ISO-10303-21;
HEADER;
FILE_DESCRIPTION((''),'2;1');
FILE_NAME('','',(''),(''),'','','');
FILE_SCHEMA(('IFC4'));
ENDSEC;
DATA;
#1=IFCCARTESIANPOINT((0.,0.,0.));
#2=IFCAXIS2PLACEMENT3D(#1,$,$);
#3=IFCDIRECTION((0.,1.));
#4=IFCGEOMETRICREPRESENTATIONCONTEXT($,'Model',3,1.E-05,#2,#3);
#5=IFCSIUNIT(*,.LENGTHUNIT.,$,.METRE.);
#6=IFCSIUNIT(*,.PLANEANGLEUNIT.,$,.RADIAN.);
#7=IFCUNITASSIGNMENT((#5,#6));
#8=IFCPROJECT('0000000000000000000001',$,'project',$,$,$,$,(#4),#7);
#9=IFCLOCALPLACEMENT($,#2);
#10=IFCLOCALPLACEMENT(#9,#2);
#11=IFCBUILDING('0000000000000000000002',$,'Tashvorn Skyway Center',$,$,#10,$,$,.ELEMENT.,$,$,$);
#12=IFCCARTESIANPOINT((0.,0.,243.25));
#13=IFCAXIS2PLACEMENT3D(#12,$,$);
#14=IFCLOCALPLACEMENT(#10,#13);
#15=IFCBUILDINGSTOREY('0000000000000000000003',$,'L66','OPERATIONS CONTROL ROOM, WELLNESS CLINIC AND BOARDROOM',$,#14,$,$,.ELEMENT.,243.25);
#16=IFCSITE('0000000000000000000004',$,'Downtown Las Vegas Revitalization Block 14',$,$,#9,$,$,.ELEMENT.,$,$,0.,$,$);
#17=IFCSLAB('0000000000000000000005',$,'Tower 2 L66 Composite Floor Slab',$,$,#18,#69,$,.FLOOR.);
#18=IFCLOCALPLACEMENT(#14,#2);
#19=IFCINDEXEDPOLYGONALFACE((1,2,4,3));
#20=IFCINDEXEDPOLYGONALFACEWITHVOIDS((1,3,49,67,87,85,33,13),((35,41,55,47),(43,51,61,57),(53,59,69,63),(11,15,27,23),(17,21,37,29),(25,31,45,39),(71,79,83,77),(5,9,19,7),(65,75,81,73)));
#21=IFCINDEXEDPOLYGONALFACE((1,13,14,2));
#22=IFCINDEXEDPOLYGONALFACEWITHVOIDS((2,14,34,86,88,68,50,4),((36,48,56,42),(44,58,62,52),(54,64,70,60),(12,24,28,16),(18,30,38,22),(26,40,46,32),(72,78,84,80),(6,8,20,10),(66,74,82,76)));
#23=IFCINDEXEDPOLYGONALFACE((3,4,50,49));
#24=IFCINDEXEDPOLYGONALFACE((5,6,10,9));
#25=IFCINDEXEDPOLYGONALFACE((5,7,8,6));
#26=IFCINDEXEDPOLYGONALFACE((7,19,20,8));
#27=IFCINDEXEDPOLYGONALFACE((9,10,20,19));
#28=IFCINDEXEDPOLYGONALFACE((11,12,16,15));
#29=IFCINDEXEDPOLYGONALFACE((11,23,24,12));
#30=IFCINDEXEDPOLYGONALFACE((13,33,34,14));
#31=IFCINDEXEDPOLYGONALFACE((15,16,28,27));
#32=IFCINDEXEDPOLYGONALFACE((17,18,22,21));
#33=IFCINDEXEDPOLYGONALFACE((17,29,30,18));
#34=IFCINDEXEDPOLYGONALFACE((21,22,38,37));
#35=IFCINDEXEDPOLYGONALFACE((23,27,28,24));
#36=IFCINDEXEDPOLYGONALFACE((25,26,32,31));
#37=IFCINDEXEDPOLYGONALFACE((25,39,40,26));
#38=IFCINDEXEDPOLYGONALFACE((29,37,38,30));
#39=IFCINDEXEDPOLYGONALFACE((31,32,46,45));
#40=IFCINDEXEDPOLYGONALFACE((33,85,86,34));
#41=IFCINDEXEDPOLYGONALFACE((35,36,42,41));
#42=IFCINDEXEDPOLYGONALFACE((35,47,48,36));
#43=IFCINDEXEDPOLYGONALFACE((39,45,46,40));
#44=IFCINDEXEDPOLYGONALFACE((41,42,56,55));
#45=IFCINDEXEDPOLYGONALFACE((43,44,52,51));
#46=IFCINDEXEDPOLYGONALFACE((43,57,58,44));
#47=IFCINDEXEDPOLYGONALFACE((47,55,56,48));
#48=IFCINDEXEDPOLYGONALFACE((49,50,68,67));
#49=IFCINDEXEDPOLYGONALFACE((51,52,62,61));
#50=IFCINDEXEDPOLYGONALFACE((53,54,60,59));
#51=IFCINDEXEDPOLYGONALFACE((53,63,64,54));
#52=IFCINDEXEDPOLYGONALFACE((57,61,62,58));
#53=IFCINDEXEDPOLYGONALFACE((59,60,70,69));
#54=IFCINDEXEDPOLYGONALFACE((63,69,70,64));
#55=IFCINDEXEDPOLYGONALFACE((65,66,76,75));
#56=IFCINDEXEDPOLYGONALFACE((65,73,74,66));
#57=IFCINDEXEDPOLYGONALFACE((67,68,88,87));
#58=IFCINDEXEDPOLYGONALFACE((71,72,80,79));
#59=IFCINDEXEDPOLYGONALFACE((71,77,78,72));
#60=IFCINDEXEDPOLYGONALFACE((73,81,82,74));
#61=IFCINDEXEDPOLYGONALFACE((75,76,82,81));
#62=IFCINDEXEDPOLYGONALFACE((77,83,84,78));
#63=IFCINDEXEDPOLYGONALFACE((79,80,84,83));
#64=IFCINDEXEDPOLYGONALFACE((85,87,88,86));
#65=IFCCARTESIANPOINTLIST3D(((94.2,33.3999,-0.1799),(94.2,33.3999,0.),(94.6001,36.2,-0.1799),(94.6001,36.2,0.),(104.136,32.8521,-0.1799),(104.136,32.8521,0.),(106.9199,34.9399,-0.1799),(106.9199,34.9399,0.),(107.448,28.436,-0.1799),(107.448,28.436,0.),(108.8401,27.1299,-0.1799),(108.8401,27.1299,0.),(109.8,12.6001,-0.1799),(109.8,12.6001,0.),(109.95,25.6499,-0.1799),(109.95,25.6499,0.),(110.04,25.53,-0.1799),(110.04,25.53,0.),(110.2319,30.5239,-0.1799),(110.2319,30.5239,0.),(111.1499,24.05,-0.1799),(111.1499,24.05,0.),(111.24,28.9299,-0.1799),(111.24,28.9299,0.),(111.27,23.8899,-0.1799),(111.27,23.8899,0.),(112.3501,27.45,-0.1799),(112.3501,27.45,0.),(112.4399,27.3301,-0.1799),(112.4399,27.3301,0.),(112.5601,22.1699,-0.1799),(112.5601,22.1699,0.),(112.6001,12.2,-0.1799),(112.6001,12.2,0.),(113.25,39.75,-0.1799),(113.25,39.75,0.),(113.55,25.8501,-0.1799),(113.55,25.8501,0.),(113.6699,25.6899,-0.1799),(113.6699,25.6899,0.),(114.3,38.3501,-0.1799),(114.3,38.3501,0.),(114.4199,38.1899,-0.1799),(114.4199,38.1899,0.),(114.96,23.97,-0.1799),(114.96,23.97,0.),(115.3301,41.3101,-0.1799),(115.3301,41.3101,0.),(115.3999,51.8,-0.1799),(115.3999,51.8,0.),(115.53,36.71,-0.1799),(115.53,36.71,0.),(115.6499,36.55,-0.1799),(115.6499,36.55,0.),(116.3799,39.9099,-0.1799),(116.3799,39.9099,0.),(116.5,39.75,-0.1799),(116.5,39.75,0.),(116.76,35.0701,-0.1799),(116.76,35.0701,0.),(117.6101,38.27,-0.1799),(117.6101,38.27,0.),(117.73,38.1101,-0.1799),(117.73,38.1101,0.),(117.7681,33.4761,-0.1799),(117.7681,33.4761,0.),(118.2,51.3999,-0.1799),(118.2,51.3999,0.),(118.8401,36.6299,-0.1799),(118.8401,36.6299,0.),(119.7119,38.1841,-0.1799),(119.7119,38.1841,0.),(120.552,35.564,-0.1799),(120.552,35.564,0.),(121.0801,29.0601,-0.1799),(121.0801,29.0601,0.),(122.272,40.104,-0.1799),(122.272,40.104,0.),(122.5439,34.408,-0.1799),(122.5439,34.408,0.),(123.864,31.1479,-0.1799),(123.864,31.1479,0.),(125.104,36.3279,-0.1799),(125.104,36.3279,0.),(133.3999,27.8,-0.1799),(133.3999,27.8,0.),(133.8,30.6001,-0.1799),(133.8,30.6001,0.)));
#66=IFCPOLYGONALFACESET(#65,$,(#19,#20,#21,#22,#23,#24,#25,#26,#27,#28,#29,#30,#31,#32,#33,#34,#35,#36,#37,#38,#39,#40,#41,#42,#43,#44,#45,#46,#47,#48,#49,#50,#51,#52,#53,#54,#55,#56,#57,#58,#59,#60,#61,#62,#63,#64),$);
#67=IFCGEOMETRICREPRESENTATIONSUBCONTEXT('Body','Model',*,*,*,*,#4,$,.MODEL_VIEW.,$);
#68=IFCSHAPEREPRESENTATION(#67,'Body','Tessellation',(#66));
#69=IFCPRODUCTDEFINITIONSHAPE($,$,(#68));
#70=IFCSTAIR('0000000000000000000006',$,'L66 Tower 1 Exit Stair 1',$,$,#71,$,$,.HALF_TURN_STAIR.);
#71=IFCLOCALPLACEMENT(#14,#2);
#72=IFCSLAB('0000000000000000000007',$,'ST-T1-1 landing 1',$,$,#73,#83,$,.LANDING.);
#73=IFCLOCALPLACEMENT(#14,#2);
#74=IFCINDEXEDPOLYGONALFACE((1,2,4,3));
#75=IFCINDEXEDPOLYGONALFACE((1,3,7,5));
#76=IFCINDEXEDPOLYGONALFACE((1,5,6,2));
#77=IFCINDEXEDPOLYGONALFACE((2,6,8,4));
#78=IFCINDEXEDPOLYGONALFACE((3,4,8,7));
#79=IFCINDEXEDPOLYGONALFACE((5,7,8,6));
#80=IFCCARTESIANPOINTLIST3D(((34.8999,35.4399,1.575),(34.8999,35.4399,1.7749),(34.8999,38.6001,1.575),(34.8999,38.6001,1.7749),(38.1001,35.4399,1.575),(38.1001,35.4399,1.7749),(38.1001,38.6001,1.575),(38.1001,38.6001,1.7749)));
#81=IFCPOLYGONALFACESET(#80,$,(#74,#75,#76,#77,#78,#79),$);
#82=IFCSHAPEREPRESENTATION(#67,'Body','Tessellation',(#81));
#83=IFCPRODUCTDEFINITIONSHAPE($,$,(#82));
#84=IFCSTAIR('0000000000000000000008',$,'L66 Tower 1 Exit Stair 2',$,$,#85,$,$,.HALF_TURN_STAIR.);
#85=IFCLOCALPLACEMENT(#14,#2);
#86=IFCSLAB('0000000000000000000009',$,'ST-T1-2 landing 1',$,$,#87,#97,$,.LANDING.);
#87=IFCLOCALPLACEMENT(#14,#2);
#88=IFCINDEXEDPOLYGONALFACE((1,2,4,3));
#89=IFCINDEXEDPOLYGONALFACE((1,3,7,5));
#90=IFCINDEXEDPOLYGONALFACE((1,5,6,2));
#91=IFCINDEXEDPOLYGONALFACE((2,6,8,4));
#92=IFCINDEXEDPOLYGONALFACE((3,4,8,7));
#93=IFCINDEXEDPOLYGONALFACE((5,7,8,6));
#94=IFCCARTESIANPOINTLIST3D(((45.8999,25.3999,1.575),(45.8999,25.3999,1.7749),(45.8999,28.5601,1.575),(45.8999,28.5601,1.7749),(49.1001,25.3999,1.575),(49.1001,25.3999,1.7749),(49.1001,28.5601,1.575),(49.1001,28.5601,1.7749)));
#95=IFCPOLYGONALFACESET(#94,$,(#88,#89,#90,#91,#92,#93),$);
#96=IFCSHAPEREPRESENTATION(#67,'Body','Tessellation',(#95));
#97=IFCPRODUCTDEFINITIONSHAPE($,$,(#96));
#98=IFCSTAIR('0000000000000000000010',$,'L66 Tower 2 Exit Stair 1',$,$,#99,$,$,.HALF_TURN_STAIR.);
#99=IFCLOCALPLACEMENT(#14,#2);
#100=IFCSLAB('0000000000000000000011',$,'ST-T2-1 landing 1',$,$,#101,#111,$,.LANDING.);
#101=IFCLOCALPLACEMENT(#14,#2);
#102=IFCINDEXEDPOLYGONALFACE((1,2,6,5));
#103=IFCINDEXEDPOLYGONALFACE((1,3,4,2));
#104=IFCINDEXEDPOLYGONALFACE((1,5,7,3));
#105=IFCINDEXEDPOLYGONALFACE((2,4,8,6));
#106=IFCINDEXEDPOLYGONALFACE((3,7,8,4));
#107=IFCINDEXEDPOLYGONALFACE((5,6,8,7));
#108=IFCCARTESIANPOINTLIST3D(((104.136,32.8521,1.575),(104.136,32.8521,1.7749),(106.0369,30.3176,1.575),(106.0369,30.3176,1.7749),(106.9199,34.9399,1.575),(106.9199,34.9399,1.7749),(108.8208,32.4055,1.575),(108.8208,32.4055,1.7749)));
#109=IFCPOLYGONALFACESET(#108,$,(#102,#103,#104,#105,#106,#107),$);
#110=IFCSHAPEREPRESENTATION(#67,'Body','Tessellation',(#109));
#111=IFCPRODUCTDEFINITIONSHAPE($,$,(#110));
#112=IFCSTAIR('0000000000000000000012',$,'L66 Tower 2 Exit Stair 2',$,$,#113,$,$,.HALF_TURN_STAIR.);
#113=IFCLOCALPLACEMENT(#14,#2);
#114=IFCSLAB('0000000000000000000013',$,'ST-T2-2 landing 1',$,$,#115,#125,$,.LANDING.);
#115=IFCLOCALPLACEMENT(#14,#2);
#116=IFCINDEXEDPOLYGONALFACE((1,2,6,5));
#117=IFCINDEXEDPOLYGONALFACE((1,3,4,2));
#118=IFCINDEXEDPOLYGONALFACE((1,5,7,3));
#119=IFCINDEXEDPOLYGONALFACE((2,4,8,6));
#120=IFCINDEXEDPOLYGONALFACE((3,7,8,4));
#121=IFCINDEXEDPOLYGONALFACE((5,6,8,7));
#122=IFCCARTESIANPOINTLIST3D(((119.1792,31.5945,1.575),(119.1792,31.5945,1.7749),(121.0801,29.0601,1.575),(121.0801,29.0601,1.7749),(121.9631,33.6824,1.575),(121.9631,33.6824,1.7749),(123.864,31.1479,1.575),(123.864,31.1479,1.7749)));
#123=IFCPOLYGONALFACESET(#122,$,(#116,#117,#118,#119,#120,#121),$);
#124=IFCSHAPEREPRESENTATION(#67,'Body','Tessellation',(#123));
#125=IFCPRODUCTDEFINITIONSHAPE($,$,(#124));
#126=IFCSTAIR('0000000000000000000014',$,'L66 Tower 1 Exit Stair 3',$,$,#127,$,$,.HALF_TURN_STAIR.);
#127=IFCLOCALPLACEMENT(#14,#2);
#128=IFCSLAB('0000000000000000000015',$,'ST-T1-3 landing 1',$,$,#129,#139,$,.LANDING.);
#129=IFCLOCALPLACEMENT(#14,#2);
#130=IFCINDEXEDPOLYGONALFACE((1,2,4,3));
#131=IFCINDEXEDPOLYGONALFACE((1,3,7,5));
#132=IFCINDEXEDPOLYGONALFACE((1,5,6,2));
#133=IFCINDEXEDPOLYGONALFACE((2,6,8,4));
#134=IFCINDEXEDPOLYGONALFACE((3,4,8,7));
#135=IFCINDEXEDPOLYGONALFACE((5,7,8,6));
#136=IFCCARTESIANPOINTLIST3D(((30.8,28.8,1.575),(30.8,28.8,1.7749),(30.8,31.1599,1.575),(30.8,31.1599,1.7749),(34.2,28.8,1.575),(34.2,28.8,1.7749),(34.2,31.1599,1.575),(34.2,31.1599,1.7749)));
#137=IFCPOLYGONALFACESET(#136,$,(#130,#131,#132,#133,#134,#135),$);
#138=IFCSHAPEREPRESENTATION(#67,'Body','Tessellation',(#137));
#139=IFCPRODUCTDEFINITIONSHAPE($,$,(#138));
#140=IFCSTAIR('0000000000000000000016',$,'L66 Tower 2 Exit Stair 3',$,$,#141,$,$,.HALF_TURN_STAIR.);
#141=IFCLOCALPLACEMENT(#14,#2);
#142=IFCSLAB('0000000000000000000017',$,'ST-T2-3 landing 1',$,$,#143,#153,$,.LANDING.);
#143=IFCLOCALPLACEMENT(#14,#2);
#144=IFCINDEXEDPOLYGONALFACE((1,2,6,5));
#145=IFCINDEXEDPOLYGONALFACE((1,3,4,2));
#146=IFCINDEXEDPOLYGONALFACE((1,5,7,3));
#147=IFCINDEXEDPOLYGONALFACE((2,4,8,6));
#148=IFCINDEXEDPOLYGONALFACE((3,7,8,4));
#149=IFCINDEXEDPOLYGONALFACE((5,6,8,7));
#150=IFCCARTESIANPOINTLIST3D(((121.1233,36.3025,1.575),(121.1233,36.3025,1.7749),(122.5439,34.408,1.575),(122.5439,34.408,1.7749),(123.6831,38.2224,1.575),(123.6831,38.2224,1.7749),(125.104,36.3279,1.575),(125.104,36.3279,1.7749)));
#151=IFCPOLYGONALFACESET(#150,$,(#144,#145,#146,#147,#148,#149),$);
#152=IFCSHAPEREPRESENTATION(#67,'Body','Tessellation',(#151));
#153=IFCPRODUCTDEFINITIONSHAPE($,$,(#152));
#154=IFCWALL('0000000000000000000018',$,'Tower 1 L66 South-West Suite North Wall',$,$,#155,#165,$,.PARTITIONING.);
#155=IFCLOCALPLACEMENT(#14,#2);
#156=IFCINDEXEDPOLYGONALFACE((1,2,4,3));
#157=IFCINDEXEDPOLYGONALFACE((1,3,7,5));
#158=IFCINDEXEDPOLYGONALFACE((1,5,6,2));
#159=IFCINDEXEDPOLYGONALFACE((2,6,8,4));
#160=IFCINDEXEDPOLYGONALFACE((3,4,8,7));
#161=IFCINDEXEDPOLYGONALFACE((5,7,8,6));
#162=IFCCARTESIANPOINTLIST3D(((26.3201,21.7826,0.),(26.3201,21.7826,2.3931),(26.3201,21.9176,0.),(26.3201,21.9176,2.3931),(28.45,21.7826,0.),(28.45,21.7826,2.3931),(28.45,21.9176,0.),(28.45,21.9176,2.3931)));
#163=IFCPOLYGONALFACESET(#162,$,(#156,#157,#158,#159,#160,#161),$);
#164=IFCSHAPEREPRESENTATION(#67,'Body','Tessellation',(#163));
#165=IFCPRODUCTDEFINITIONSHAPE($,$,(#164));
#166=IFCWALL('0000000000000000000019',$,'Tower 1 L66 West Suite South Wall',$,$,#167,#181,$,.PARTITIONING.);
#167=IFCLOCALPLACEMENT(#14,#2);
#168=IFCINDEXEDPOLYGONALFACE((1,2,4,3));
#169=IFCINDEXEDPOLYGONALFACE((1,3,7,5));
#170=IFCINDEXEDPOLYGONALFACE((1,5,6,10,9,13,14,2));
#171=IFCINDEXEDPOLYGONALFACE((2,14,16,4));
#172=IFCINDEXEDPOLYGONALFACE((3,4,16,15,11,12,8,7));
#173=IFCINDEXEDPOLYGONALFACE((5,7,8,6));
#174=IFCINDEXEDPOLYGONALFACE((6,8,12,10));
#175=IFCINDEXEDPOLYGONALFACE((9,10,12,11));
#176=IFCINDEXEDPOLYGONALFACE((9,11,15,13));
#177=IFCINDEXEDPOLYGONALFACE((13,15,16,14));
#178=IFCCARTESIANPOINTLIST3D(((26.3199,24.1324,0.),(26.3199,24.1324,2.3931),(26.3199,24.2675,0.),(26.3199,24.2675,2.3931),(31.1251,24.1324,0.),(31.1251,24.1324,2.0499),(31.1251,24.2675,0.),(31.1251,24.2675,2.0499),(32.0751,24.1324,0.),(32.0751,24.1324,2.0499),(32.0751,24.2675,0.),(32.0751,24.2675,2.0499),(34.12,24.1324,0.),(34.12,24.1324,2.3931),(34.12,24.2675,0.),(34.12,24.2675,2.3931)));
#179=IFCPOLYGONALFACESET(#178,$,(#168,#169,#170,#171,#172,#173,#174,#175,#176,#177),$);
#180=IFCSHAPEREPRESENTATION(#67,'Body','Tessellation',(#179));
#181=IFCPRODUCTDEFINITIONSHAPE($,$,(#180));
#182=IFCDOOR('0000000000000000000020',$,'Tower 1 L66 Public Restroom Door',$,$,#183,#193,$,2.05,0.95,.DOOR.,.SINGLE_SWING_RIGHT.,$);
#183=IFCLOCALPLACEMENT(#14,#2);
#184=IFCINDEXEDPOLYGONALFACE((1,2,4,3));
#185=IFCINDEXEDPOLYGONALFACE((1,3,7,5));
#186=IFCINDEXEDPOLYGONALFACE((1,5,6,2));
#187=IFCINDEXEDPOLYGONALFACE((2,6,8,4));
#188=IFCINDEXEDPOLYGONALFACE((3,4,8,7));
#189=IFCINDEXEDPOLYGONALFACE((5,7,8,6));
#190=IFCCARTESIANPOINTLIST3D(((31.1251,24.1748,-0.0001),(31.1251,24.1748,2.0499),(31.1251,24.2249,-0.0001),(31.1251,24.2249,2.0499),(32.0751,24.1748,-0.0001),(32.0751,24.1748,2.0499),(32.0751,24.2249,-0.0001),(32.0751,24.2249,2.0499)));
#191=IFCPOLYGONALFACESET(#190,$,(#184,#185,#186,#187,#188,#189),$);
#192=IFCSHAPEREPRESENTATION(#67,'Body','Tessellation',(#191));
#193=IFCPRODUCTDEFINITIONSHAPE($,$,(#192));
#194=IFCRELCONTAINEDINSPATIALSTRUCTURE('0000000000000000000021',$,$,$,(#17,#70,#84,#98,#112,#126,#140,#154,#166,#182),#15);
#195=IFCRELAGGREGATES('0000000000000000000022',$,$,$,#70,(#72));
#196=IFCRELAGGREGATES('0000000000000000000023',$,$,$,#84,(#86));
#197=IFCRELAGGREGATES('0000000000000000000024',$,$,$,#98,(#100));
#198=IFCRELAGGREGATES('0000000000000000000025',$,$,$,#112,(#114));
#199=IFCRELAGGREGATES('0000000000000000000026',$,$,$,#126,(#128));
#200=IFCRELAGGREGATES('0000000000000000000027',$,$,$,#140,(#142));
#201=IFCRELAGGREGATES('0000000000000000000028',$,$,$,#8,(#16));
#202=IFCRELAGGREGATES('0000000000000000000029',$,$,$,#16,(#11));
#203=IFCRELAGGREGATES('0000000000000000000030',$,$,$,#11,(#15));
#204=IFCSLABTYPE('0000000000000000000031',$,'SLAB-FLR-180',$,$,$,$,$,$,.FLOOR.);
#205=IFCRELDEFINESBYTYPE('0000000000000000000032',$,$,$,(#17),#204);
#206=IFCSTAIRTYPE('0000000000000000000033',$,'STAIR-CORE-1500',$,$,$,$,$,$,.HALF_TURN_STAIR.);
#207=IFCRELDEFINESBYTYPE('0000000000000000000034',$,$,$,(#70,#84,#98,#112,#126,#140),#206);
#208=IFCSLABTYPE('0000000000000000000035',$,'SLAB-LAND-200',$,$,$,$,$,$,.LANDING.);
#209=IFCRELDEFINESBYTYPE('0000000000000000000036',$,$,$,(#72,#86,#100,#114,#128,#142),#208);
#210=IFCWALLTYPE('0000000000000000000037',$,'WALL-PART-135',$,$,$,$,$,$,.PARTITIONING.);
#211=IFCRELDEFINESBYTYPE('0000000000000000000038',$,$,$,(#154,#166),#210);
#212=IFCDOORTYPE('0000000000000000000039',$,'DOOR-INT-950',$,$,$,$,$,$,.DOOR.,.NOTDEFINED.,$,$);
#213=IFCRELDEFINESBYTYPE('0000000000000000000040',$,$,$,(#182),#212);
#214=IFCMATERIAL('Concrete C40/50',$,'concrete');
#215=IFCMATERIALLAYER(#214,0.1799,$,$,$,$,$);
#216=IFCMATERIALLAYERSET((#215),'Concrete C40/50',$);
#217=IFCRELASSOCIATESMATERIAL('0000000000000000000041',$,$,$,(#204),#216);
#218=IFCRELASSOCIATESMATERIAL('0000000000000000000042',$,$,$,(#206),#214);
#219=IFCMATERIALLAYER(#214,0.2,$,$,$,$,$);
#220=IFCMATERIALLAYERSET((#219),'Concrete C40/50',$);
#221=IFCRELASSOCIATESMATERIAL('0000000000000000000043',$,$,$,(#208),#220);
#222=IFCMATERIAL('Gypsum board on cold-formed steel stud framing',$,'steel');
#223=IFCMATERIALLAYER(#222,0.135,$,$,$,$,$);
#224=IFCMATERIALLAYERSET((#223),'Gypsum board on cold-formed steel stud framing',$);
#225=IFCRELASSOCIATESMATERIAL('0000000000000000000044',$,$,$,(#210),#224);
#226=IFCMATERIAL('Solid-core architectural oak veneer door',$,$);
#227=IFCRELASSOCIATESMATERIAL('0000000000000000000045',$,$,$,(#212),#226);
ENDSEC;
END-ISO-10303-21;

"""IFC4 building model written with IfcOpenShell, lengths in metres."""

from ifc_helpers import new_model, si_unit, direction, frame, frame_2d, origin, place, context, subcontext, project, spatial, polyline, rectangle, outline, extrude, material, layer, layer_set, type_object, element, fill, aggregate, save


model = new_model("IFC4")

# Units and contexts
model_context = context("Model", 3, precision=1e-05, world=origin(), true_north=direction((0.0, 1.0)))
body_context = subcontext(model_context, "Body", "Model", "MODEL_VIEW")
ifc_project = project(units=[si_unit("LENGTHUNIT", "METRE"), si_unit("PLANEANGLEUNIT", "RADIAN")], contexts=[model_context])

# Site, building, storey
site_placement = place(None, origin())
site = spatial("IfcSite", under=ifc_project, at=site_placement, Name="Downtown Las Vegas Revitalization Block 14", CompositionType="ELEMENT", RefElevation=0.0)
building_placement = place(site_placement, origin())
building = spatial("IfcBuilding", under=site, at=building_placement, Name="Tashvorn Skyway Center", CompositionType="ELEMENT")
storey_placement = place(building_placement, frame((0.0, 0.0, 243.25)))
storey = spatial("IfcBuildingStorey", under=building, at=storey_placement, Name="L66", Description="OPERATIONS CONTROL ROOM, WELLNESS CLINIC AND BOARDROOM", CompositionType="ELEMENT", Elevation=243.25)

# Slab
ifc_material_1 = material(Name="Concrete C40/50", Category="concrete")
ifc_layer_1 = layer(ifc_material_1, 0.1799)
ifc_layer_set_1 = layer_set([ifc_layer_1], Name="Concrete C40/50")
slab_type_1 = type_object("IfcSlabType", Name="SLAB-FLR-180", PredefinedType="FLOOR", material=ifc_layer_set_1)
slab_1_placement = place(storey_placement, frame((0.0, 0.0, -0.1799)))
element("IfcSlab", 1, at=slab_1_placement, inside=storey, type_object=slab_type_1, Name="Tower 2 L66 Composite Floor Slab", PredefinedType="FLOOR", context=body_context, shape_type="SweptSolid", body=[
    extrude(outline(polyline([(112.6001, 12.2), (133.3999, 27.8), (133.8, 30.6001), (118.2, 51.3999), (115.3999, 51.8), (94.6001, 36.2), (94.2, 33.3999), (109.8, 12.6001), (112.6001, 12.2)]), holes=[polyline([(110.2319, 30.5239), (106.9199, 34.9399), (104.136, 32.8521), (107.448, 28.436), (110.2319, 30.5239)]), polyline([(117.7681, 33.4761), (121.0801, 29.0601), (123.864, 31.1479), (120.552, 35.564), (117.7681, 33.4761)]), polyline([(119.7119, 38.1841), (122.5439, 34.408), (125.104, 36.3279), (122.272, 40.104), (119.7119, 38.1841)]), polyline([(109.95, 25.6499), (112.3501, 27.45), (111.24, 28.9299), (108.8401, 27.1299), (109.95, 25.6499)]), polyline([(111.1499, 24.05), (113.55, 25.8501), (112.4399, 27.3301), (110.04, 25.53), (111.1499, 24.05)]), polyline([(112.5601, 22.1699), (114.96, 23.97), (113.6699, 25.6899), (111.27, 23.8899), (112.5601, 22.1699)]), polyline([(116.76, 35.0701), (118.8401, 36.6299), (117.73, 38.1101), (115.6499, 36.55), (116.76, 35.0701)]), polyline([(115.53, 36.71), (117.6101, 38.27), (116.5, 39.75), (114.4199, 38.1899), (115.53, 36.71)]), polyline([(114.3, 38.3501), (116.3799, 39.9099), (115.3301, 41.3101), (113.25, 39.75), (114.3, 38.3501)])]), origin(), (0.0, 0.0, 1.0), 0.1799),
])

# Stairs, slabs
stair_type = type_object("IfcStairType", Name="STAIR-CORE-1500", PredefinedType="HALF_TURN_STAIR", material=ifc_material_1)
stair_1_placement = place(storey_placement, origin())
stair_1 = element("IfcStair", 2, at=stair_1_placement, inside=storey, type_object=stair_type, Name="L66 Tower 1 Exit Stair 1", PredefinedType="HALF_TURN_STAIR")
ifc_layer_2 = layer(ifc_material_1, 0.2)
ifc_layer_set_2 = layer_set([ifc_layer_2], Name="Concrete C40/50")
slab_type_2 = type_object("IfcSlabType", Name="SLAB-LAND-200", PredefinedType="LANDING", material=ifc_layer_set_2)
slab_2_placement = place(storey_placement, frame((0.0, 0.0, 1.575)))
slab_2 = element("IfcSlab", 3, at=slab_2_placement, type_object=slab_type_2, Name="ST-T1-1 landing 1", PredefinedType="LANDING", context=body_context, shape_type="SweptSolid", body=[
    extrude(outline(polyline([(38.1001, 35.4399), (38.1001, 38.6001), (34.8999, 38.6001), (34.8999, 35.4399), (38.1001, 35.4399)])), origin(), (0.0, 0.0, 1.0), 0.2),
])
aggregate(stair_1, [slab_2])
stair_2_placement = place(storey_placement, origin())
stair_2 = element("IfcStair", 4, at=stair_2_placement, inside=storey, type_object=stair_type, Name="L66 Tower 1 Exit Stair 2", PredefinedType="HALF_TURN_STAIR")
slab_3_placement = place(storey_placement, frame((0.0, 0.0, 1.575)))
slab_3 = element("IfcSlab", 5, at=slab_3_placement, type_object=slab_type_2, Name="ST-T1-2 landing 1", PredefinedType="LANDING", context=body_context, shape_type="SweptSolid", body=[
    extrude(outline(polyline([(45.8999, 28.5601), (45.8999, 25.3999), (49.1001, 25.3999), (49.1001, 28.5601), (45.8999, 28.5601)])), origin(), (0.0, 0.0, 1.0), 0.2),
])
aggregate(stair_2, [slab_3])
stair_3_placement = place(storey_placement, origin())
stair_3 = element("IfcStair", 6, at=stair_3_placement, inside=storey, type_object=stair_type, Name="L66 Tower 2 Exit Stair 1", PredefinedType="HALF_TURN_STAIR")
slab_4_placement = place(storey_placement, frame((0.0, 0.0, 1.575)))
slab_4 = element("IfcSlab", 7, at=slab_4_placement, type_object=slab_type_2, Name="ST-T2-1 landing 1", PredefinedType="LANDING", context=body_context, shape_type="SweptSolid", body=[
    extrude(outline(polyline([(108.8208, 32.4055), (106.9199, 34.9399), (104.136, 32.8521), (106.0369, 30.3176), (108.8208, 32.4055)])), origin(), (0.0, 0.0, 1.0), 0.2),
])
aggregate(stair_3, [slab_4])
stair_4_placement = place(storey_placement, origin())
stair_4 = element("IfcStair", 8, at=stair_4_placement, inside=storey, type_object=stair_type, Name="L66 Tower 2 Exit Stair 2", PredefinedType="HALF_TURN_STAIR")
slab_5_placement = place(storey_placement, frame((0.0, 0.0, 1.575)))
slab_5 = element("IfcSlab", 9, at=slab_5_placement, type_object=slab_type_2, Name="ST-T2-2 landing 1", PredefinedType="LANDING", context=body_context, shape_type="SweptSolid", body=[
    extrude(outline(polyline([(119.1792, 31.5945), (121.0801, 29.0601), (123.864, 31.1479), (121.9631, 33.6824), (119.1792, 31.5945)])), origin(), (0.0, 0.0, 1.0), 0.2),
])
aggregate(stair_4, [slab_5])
stair_5_placement = place(storey_placement, origin())
stair_5 = element("IfcStair", 10, at=stair_5_placement, inside=storey, type_object=stair_type, Name="L66 Tower 1 Exit Stair 3", PredefinedType="HALF_TURN_STAIR")
slab_6_placement = place(storey_placement, frame((0.0, 0.0, 1.575)))
slab_6 = element("IfcSlab", 11, at=slab_6_placement, type_object=slab_type_2, Name="ST-T1-3 landing 1", PredefinedType="LANDING", context=body_context, shape_type="SweptSolid", body=[
    extrude(outline(polyline([(30.8, 31.1599), (30.8, 28.8), (34.2, 28.8), (34.2, 31.1599), (30.8, 31.1599)])), origin(), (0.0, 0.0, 1.0), 0.2),
])
aggregate(stair_5, [slab_6])
stair_6_placement = place(storey_placement, origin())
stair_6 = element("IfcStair", 12, at=stair_6_placement, inside=storey, type_object=stair_type, Name="L66 Tower 2 Exit Stair 3", PredefinedType="HALF_TURN_STAIR")
slab_7_placement = place(storey_placement, frame((0.0, 0.0, 1.575)))
slab_7 = element("IfcSlab", 13, at=slab_7_placement, type_object=slab_type_2, Name="ST-T2-3 landing 1", PredefinedType="LANDING", context=body_context, shape_type="SweptSolid", body=[
    extrude(outline(polyline([(121.1233, 36.3025), (122.5439, 34.408), (125.104, 36.3279), (123.6831, 38.2224), (121.1233, 36.3025)])), origin(), (0.0, 0.0, 1.0), 0.2),
])
aggregate(stair_6, [slab_7])

# Wall
ifc_material_2 = material(Name="Gypsum board on cold-formed steel stud framing", Category="steel")
ifc_layer_3 = layer(ifc_material_2, 0.135)
ifc_layer_set_3 = layer_set([ifc_layer_3], Name="Gypsum board on cold-formed steel stud framing")
wall_type = type_object("IfcWallType", Name="WALL-PART-135", PredefinedType="PARTITIONING", material=ifc_layer_set_3)
wall_1_placement = place(storey_placement, frame((26.3201, 21.8501, 0.0), z_axis=(0.0, 0.0, 1.0), x_axis=(1.0, 0.0, 0.0)))
element("IfcWall", 14, at=wall_1_placement, inside=storey, type_object=wall_type, Name="Tower 1 L66 South-West Suite North Wall", PredefinedType="PARTITIONING", context=body_context, shape_type="SweptSolid", body=[
    extrude(rectangle(XDim=2.1299, YDim=0.135, at=frame_2d((1.0649, 0.0))), origin(), (0.0, 0.0, 1.0), 2.3931),
])

# Wall, opening, door
wall_2_placement = place(storey_placement, frame((26.3201, 24.2, 0.0), z_axis=(0.0, 0.0, 1.0), x_axis=(1.0, 0.0, 0.0)))
wall_2 = element("IfcWall", 15, at=wall_2_placement, inside=storey, type_object=wall_type, Name="Tower 1 L66 West Suite South Wall", PredefinedType="PARTITIONING", context=body_context, shape_type="SweptSolid", body=[
    extrude(rectangle(XDim=7.8, YDim=0.135, at=frame_2d((3.8999, 0.0))), origin(), (0.0, 0.0, 1.0), 2.3931),
])
opening_placement = place(wall_2_placement, frame((4.8049, 0.0, 0.0)))
opening = element("IfcOpeningElement", 16, at=opening_placement, cuts=wall_2, PredefinedType="OPENING", context=body_context, shape_type="SweptSolid", body=[
    extrude(rectangle(XDim=0.95, YDim=2.05, at=frame_2d((0.4751, 1.0249))), frame((0.0, 0.0774, 0.0), z_axis=(0.0, -1.0, 0.0), x_axis=(1.0, 0.0, 0.0)), (0.0, 0.0, 1.0), 0.155),
])
ifc_material_3 = material(Name="Solid-core architectural oak veneer door")
door_type = type_object("IfcDoorType", Name="DOOR-INT-950", OperationType="NOTDEFINED", PredefinedType="DOOR", material=ifc_material_3)
door_placement = place(opening_placement, origin())
door = element("IfcDoor", 17, at=door_placement, inside=storey, type_object=door_type, Name="Tower 1 L66 Public Restroom Door", OperationType="SINGLE_SWING_RIGHT", OverallHeight=2.05, OverallWidth=0.95, PredefinedType="DOOR", context=body_context, shape_type="SweptSolid", body=[
    extrude(rectangle(XDim=0.95, YDim=2.05, at=frame_2d((0.4751, 1.0249))), frame((0.0, 0.0249, 0.0), z_axis=(0.0, -1.0, 0.0), x_axis=(1.0, 0.0, 0.0)), (0.0, 0.0, 1.0), 0.05),
])
fill(opening, door)

save(model, "model.ifc")
